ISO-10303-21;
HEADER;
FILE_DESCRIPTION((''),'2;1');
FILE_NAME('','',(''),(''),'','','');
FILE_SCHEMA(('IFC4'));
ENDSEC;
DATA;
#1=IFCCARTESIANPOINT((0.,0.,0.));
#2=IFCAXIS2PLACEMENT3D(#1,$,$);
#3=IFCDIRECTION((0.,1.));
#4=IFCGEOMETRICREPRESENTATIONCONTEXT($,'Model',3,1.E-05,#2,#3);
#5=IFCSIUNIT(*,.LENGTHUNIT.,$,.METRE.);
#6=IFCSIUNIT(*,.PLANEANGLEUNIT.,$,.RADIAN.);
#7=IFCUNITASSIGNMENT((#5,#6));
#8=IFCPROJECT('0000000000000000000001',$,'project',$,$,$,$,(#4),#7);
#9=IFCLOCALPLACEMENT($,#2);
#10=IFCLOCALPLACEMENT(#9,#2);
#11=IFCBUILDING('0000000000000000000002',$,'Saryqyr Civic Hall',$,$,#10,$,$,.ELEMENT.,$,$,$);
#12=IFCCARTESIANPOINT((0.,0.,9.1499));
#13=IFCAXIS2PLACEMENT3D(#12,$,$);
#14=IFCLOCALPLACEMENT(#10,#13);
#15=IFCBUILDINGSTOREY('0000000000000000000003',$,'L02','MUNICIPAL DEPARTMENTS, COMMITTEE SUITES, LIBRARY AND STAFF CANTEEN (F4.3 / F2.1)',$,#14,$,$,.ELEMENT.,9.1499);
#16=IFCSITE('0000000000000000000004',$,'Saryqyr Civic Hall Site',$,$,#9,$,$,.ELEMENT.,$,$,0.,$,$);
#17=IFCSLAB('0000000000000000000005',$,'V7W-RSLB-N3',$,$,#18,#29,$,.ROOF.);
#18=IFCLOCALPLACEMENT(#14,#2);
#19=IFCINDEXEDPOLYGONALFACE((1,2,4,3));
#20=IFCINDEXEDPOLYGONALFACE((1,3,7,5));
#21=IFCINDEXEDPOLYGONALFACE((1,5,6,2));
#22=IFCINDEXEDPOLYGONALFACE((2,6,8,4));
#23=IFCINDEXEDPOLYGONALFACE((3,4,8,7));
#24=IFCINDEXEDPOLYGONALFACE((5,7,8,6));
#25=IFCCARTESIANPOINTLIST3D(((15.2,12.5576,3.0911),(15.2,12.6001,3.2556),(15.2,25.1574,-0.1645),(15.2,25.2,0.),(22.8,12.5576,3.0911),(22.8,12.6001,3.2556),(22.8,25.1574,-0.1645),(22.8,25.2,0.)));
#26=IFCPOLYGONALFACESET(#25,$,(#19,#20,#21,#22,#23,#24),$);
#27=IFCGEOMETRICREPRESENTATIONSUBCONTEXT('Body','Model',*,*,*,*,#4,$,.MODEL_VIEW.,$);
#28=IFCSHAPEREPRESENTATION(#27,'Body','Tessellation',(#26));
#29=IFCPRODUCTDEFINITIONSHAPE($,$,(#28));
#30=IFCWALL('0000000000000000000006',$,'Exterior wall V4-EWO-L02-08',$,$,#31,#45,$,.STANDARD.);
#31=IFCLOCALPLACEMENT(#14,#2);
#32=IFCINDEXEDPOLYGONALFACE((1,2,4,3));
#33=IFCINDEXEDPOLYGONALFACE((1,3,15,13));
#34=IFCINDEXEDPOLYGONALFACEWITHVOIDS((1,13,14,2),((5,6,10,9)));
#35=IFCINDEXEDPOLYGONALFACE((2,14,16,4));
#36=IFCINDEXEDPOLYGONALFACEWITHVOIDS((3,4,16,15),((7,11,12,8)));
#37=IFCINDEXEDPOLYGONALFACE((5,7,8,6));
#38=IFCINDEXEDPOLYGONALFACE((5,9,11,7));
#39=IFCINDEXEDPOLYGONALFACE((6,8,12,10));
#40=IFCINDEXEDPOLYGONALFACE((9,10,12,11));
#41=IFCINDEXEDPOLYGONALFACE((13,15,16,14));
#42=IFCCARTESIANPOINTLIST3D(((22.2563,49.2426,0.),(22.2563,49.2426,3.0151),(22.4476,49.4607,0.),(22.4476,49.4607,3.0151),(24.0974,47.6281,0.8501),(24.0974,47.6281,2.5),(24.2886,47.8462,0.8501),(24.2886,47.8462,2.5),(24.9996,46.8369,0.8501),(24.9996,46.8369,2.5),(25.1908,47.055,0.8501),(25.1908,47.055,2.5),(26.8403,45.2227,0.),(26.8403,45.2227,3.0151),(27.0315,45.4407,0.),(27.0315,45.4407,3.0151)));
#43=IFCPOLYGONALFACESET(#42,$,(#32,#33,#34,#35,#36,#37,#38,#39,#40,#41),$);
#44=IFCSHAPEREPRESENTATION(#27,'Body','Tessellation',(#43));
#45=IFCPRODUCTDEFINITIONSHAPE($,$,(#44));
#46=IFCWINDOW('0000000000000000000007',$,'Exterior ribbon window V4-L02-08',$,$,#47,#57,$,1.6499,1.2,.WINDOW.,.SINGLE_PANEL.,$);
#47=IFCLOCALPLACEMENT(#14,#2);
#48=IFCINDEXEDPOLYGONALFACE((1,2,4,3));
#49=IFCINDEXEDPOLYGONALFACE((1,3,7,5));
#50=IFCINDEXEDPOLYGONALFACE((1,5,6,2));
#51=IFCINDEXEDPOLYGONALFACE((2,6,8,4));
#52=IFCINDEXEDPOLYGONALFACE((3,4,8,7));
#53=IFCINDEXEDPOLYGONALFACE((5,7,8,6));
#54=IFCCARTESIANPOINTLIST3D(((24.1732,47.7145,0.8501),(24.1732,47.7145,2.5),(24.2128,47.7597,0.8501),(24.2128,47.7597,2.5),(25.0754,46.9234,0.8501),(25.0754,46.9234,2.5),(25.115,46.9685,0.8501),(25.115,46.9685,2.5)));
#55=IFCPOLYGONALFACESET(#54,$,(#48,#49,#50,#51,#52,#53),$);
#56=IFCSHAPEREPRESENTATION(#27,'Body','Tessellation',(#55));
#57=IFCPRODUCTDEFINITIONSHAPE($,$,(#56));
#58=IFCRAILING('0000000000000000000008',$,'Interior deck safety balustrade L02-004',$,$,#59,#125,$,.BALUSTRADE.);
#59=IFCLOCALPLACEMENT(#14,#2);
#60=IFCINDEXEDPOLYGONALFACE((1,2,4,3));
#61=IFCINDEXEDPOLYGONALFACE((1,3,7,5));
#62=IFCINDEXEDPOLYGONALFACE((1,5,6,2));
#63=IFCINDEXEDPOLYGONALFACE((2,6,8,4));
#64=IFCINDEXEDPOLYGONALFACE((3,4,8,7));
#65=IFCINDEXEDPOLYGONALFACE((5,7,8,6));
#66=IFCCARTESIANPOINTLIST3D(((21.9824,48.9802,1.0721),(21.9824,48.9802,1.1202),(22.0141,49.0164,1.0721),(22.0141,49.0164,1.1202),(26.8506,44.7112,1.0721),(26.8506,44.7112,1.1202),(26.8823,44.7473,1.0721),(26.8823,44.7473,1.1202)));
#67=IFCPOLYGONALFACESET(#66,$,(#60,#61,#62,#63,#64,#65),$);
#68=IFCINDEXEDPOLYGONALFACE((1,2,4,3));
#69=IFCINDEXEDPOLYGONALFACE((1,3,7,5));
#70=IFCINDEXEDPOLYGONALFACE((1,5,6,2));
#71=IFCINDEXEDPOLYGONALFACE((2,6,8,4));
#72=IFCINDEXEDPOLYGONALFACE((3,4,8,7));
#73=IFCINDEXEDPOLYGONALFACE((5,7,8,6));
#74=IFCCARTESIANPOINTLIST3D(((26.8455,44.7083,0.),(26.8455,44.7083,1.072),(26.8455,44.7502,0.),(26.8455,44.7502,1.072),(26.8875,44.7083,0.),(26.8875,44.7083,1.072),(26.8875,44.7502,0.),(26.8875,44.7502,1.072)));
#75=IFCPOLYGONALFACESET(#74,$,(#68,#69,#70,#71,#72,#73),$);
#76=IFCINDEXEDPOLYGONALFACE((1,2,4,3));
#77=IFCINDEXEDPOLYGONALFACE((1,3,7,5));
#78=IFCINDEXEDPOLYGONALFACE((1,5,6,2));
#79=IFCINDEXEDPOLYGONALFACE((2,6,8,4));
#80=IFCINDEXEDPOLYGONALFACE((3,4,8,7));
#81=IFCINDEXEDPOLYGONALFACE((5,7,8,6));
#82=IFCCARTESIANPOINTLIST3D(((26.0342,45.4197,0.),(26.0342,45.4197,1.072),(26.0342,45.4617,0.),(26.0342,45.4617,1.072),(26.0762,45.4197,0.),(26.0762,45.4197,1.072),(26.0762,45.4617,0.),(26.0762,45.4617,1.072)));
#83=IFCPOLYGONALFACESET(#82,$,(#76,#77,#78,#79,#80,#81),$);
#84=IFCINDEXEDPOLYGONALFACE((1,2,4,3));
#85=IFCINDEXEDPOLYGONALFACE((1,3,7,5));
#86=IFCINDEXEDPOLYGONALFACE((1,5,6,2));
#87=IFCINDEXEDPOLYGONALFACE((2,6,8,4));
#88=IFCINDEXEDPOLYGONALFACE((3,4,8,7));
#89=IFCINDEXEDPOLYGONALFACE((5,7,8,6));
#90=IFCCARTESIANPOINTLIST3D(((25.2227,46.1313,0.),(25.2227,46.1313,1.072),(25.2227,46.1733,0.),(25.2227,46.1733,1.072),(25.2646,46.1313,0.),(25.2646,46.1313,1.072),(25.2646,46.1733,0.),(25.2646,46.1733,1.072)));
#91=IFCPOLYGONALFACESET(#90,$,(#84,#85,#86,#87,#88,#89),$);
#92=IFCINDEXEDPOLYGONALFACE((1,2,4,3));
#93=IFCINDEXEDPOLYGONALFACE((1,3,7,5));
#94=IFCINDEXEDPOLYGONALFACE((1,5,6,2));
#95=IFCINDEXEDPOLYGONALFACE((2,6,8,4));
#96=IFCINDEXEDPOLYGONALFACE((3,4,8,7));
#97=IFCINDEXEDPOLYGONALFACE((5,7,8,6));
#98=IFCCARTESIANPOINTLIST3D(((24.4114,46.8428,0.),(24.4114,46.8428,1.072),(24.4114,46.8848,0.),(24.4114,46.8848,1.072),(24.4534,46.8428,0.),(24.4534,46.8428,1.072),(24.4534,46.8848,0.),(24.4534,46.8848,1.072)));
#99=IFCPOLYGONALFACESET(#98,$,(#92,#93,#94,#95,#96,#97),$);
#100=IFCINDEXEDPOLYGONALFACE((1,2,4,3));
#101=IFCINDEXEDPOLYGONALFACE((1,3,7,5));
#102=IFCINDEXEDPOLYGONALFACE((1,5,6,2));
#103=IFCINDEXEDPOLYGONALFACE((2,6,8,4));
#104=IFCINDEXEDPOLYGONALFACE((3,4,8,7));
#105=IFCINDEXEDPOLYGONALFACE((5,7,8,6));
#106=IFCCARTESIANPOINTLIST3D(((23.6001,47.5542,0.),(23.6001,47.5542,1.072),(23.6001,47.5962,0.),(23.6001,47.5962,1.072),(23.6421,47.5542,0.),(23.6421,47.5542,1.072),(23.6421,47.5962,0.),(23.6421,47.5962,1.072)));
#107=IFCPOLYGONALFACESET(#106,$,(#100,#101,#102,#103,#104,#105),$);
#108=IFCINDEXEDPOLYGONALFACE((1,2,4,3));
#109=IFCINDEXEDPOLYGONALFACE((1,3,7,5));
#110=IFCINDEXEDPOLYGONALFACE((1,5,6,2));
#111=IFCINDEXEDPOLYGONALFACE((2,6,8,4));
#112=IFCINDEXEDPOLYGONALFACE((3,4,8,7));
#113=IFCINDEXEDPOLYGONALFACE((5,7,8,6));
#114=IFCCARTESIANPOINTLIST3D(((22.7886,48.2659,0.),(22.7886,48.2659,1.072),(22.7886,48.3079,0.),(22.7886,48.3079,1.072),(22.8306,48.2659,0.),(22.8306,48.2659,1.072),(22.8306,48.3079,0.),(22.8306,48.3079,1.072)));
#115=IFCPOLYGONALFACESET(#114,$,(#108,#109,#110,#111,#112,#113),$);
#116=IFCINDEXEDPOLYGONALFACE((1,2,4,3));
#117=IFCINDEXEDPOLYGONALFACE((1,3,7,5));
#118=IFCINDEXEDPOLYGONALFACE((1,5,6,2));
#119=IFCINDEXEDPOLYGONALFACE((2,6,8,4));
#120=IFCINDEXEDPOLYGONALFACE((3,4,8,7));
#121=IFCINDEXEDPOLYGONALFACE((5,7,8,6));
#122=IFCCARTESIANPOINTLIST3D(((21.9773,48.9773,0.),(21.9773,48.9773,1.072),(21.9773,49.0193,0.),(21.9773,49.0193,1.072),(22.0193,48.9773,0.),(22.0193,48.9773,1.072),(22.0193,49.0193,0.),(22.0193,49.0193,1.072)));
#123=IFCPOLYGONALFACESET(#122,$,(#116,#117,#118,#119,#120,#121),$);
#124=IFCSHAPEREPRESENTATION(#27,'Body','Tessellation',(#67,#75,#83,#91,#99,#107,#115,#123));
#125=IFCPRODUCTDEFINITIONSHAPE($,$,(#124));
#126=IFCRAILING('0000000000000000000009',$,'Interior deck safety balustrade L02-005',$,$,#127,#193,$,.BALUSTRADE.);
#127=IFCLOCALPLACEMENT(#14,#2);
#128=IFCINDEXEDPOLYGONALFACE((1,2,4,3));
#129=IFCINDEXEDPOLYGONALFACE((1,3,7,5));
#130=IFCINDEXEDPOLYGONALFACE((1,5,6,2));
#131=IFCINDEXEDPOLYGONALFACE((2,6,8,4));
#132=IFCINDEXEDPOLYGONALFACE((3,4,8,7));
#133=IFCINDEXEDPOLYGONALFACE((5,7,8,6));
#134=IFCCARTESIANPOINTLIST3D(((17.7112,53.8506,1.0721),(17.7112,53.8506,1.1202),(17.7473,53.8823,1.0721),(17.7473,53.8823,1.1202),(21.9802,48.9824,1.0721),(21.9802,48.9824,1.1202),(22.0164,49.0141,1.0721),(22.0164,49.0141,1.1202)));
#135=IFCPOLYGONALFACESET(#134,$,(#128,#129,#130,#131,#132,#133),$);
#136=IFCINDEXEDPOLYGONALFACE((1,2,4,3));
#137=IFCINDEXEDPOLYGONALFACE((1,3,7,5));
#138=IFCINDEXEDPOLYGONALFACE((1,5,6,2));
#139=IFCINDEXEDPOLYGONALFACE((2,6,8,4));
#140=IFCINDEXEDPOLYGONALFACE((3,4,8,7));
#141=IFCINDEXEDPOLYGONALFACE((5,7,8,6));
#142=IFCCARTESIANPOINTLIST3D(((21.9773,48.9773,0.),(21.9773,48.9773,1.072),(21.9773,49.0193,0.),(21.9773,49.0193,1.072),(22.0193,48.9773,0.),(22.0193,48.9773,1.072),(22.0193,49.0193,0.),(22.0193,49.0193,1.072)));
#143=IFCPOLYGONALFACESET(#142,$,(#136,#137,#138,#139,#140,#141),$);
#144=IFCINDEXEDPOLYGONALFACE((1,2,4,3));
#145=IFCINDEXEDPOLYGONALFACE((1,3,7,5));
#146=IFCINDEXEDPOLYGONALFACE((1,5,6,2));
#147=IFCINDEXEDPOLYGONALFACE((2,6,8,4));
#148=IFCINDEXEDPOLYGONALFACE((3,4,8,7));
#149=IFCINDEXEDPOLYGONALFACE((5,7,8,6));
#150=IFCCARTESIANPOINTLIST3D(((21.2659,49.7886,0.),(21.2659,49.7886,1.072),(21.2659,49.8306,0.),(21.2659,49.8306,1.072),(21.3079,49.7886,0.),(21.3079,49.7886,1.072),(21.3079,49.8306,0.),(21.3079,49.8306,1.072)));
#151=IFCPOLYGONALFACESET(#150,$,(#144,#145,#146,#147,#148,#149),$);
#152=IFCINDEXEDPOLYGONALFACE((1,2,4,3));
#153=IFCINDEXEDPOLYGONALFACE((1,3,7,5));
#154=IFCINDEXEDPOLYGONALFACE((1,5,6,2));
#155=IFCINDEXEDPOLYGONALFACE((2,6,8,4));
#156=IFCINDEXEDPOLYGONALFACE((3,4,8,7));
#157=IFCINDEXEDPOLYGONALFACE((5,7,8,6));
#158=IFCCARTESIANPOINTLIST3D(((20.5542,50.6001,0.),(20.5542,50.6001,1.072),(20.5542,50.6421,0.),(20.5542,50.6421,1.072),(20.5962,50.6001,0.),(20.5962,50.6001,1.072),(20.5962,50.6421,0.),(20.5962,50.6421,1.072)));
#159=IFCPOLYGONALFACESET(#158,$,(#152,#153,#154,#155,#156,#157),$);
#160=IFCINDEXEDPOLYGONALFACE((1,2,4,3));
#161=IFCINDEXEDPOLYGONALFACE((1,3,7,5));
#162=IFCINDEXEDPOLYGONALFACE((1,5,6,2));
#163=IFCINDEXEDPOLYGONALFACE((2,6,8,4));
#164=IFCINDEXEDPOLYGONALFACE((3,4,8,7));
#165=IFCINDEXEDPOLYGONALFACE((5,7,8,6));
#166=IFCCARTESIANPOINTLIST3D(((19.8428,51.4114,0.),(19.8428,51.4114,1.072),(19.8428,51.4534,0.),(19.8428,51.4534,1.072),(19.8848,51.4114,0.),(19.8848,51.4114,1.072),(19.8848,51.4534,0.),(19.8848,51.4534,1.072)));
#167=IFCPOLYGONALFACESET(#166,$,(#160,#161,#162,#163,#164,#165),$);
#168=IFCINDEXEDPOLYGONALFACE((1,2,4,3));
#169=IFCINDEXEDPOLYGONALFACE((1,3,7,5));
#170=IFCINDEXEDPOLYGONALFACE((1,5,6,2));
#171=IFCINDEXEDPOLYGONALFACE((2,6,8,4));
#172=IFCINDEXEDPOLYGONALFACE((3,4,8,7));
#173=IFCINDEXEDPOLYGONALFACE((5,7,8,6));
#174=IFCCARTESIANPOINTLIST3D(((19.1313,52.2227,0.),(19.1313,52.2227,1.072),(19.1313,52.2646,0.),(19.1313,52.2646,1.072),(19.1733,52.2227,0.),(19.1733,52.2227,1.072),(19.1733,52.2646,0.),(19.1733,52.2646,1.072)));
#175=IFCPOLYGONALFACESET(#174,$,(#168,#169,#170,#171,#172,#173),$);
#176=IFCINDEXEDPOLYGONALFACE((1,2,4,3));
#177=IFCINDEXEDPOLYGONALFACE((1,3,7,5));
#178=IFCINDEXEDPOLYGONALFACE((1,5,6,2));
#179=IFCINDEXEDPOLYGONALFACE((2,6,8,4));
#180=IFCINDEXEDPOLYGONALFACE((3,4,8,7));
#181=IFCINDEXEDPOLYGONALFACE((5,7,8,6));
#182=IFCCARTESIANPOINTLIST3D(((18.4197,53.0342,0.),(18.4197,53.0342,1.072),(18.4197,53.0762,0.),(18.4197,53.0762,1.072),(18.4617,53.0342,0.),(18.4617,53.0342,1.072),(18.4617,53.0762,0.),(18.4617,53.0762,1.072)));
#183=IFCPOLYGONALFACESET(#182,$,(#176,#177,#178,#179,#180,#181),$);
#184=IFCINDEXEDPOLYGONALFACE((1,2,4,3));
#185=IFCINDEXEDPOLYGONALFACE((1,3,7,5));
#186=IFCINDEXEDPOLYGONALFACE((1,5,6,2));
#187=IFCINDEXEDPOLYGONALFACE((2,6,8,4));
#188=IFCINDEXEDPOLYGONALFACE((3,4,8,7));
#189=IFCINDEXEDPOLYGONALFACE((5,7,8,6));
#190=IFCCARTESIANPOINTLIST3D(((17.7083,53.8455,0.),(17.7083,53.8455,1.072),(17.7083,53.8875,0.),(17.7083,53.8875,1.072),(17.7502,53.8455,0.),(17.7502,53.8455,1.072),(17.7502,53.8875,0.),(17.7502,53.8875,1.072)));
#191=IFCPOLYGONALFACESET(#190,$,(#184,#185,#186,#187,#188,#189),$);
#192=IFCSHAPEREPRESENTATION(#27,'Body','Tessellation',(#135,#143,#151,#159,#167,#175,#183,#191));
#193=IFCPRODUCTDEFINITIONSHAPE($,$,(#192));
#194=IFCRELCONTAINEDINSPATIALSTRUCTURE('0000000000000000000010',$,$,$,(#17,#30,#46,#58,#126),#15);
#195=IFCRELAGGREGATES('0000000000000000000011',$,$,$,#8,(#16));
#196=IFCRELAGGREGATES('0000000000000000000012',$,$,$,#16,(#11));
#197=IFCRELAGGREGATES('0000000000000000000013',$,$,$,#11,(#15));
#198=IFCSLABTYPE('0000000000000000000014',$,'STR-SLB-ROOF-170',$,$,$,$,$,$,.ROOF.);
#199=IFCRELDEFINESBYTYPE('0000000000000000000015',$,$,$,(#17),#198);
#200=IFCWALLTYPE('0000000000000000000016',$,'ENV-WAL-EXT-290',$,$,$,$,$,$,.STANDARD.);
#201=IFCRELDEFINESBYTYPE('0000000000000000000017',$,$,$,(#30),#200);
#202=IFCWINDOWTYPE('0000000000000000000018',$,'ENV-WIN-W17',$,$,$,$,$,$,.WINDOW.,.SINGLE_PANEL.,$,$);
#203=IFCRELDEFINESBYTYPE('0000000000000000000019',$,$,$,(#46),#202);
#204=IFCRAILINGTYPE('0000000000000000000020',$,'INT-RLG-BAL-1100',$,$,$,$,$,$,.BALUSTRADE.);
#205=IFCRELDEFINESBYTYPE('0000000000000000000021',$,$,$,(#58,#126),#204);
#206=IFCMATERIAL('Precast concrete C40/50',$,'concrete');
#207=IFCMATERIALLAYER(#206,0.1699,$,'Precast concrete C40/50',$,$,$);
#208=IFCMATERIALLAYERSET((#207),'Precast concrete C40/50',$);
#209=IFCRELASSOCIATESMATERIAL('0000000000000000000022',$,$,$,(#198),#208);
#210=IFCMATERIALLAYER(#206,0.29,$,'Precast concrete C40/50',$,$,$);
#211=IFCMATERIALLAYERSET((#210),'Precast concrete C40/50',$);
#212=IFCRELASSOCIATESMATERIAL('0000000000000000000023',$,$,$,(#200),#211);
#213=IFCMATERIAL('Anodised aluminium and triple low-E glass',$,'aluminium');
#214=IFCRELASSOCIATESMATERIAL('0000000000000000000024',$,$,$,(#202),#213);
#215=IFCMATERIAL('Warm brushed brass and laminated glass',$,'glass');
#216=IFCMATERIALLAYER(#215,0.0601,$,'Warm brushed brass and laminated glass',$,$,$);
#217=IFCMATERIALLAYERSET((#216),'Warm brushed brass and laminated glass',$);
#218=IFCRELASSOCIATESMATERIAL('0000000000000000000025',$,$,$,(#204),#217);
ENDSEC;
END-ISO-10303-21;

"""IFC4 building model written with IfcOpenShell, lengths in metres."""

from ifc_helpers import new_model, si_unit, direction, frame, frame_2d, origin, origin_2d, place, context, subcontext, project, spatial, polyline, rectangle, outline, extrude, material, layer, layer_set, type_object, element, fill, save


model = new_model("IFC4")

# Units and contexts
model_context = context("Model", 3, precision=1e-05, world=origin(), true_north=direction((0.0, 1.0)))
body_context = subcontext(model_context, "Body", "Model", "MODEL_VIEW")
ifc_project = project(units=[si_unit("LENGTHUNIT", "METRE"), si_unit("PLANEANGLEUNIT", "RADIAN")], contexts=[model_context])

# Site, building, storey
site_placement = place(None, origin())
site = spatial("IfcSite", under=ifc_project, at=site_placement, Name="Saryqyr Civic Hall Site", CompositionType="ELEMENT", RefElevation=0.0)
building_placement = place(site_placement, origin())
building = spatial("IfcBuilding", under=site, at=building_placement, Name="Saryqyr Civic Hall", CompositionType="ELEMENT")
storey_placement = place(building_placement, frame((0.0, 0.0, 9.1499)))
storey = spatial("IfcBuildingStorey", under=building, at=storey_placement, Name="L02", Description="MUNICIPAL DEPARTMENTS, COMMITTEE SUITES, LIBRARY AND STAFF CANTEEN (F4.3 / F2.1)", CompositionType="ELEMENT", Elevation=9.1499)

# Shared definitions
ifc_material_1 = material(Name="Anodised aluminium and triple low-E glass", Category="aluminium")

# Slab
ifc_material_2 = material(Name="Precast concrete C40/50", Category="concrete")
ifc_layer_1 = layer(ifc_material_2, 0.1699, Name="Precast concrete C40/50")
ifc_layer_set_1 = layer_set([ifc_layer_1], Name="Precast concrete C40/50")
slab_type = type_object("IfcSlabType", Name="STR-SLB-ROOF-170", PredefinedType="ROOF", material=ifc_layer_set_1)
slab_1_placement = place(storey_placement, frame((22.8, 25.2, 0.0), z_axis=(0.0, 0.250169, 0.968202), x_axis=(-1.0, 0.0, 0.0)))
element("IfcSlab", 1, at=slab_1_placement, inside=storey, type_object=slab_type, Name="V7W-RSLB-N3", PredefinedType="ROOF", context=body_context, shape_type="SweptSolid", body=[
    extrude(outline(polyline([(0.0, 0.0), (7.6001, 0.0), (7.6001, 13.0137), (0.0, 13.0137), (0.0, 0.0)])), origin(), (0.0, 0.0, -1.0), 0.1699),
])

# Wall, opening, window
ifc_layer_2 = layer(ifc_material_2, 0.29, Name="Precast concrete C40/50")
ifc_layer_set_2 = layer_set([ifc_layer_2], Name="Precast concrete C40/50")
wall_type = type_object("IfcWallType", Name="ENV-WAL-EXT-290", PredefinedType="STANDARD", material=ifc_layer_set_2)
wall_placement = place(storey_placement, frame((26.9358, 45.3318, 0.0), z_axis=(0.0, 0.0, 1.0), x_axis=(-0.751842, 0.659343, 0.0)))
wall = element("IfcWall", 2, at=wall_placement, inside=storey, type_object=wall_type, Name="Exterior wall V4-EWO-L02-08", PredefinedType="STANDARD", context=body_context, shape_type="SweptSolid", body=[
    extrude(rectangle(XDim=6.0969, YDim=0.29, at=frame_2d((3.0483, 0.0))), origin(), (0.0, 0.0, 1.0), 3.0151),
])
opening_placement = place(wall_placement, frame((2.448, 0.0, 0.8501)))
opening = element("IfcOpeningElement", 3, at=opening_placement, cuts=wall, PredefinedType="OPENING", context=body_context, shape_type="SweptSolid", body=[
    extrude(rectangle(XDim=1.2, YDim=1.6499, at=frame_2d((0.6001, 0.825))), frame((0.0, 0.155, 0.0), z_axis=(0.0, -1.0, 0.0), x_axis=(1.0, 0.0, 0.0)), (0.0, 0.0, 1.0), 0.3101),
])
window_type = type_object("IfcWindowType", Name="ENV-WIN-W17", PartitioningType="SINGLE_PANEL", PredefinedType="WINDOW", material=ifc_material_1)
window_placement = place(opening_placement, origin())
window = element("IfcWindow", 4, at=window_placement, inside=storey, type_object=window_type, Name="Exterior ribbon window V4-L02-08", OverallHeight=1.6499, OverallWidth=1.2, PartitioningType="SINGLE_PANEL", PredefinedType="WINDOW", context=body_context, shape_type="SweptSolid", body=[
    extrude(rectangle(XDim=1.2, YDim=1.6499, at=frame_2d((0.6001, 0.825))), frame((0.0, 0.03, 0.0), z_axis=(0.0, -1.0, 0.0), x_axis=(1.0, 0.0, 0.0)), (0.0, 0.0, 1.0), 0.0601),
])
fill(opening, window)

# Railings
ifc_material_3 = material(Name="Warm brushed brass and laminated glass", Category="glass")
ifc_layer_3 = layer(ifc_material_3, 0.0601, Name="Warm brushed brass and laminated glass")
ifc_layer_set_3 = layer_set([ifc_layer_3], Name="Warm brushed brass and laminated glass")
railing_type = type_object("IfcRailingType", Name="INT-RLG-BAL-1100", PredefinedType="BALUSTRADE", material=ifc_layer_set_3)
railing_1_placement = place(storey_placement, frame((26.8665, 44.7292, 0.0)))
element("IfcRailing", 5, at=railing_1_placement, inside=storey, type_object=railing_type, Name="Interior deck safety balustrade L02-004", PredefinedType="BALUSTRADE", context=body_context, shape_type="SweptSolid", body=[
    extrude(rectangle(XDim=0.0481, YDim=0.0481, at=origin_2d()), frame((0.0, 0.0, 1.0962), z_axis=(-0.751857, 0.659326, 0.0), x_axis=(-0.659326, -0.751857, 0.0)), (0.0, 0.0, 1.0), 6.4749),
    extrude(rectangle(XDim=0.042, YDim=0.042, at=origin_2d()), origin(), (0.0, 0.0, 1.0), 1.072),
    extrude(rectangle(XDim=0.042, YDim=0.042, at=origin_2d()), frame((-0.8113, 0.7114, 0.0)), (0.0, 0.0, 1.0), 1.072),
    extrude(rectangle(XDim=0.042, YDim=0.042, at=origin_2d()), frame((-1.6228, 1.4231, 0.0)), (0.0, 0.0, 1.0), 1.072),
    extrude(rectangle(XDim=0.042, YDim=0.042, at=origin_2d()), frame((-2.4341, 2.1345, 0.0)), (0.0, 0.0, 1.0), 1.072),
    extrude(rectangle(XDim=0.042, YDim=0.042, at=origin_2d()), frame((-3.2454, 2.8459, 0.0)), (0.0, 0.0, 1.0), 1.072),
    extrude(rectangle(XDim=0.042, YDim=0.042, at=origin_2d()), frame((-4.0569, 3.5576, 0.0)), (0.0, 0.0, 1.0), 1.072),
    extrude(rectangle(XDim=0.042, YDim=0.042, at=origin_2d()), frame((-4.8682, 4.269, 0.0)), (0.0, 0.0, 1.0), 1.072),
])
railing_2_placement = place(storey_placement, frame((21.9983, 48.9983, 0.0)))
element("IfcRailing", 6, at=railing_2_placement, inside=storey, type_object=railing_type, Name="Interior deck safety balustrade L02-005", PredefinedType="BALUSTRADE", context=body_context, shape_type="SweptSolid", body=[
    extrude(rectangle(XDim=0.0481, YDim=0.0481, at=origin_2d()), frame((0.0, 0.0, 1.0962), z_axis=(-0.659326, 0.751857, 0.0), x_axis=(-0.751857, -0.659326, 0.0)), (0.0, 0.0, 1.0), 6.4749),
    extrude(rectangle(XDim=0.042, YDim=0.042, at=origin_2d()), origin(), (0.0, 0.0, 1.0), 1.072),
    extrude(rectangle(XDim=0.042, YDim=0.042, at=origin_2d()), frame((-0.7114, 0.8113, 0.0)), (0.0, 0.0, 1.0), 1.072),
    extrude(rectangle(XDim=0.042, YDim=0.042, at=origin_2d()), frame((-1.4231, 1.6228, 0.0)), (0.0, 0.0, 1.0), 1.072),
    extrude(rectangle(XDim=0.042, YDim=0.042, at=origin_2d()), frame((-2.1345, 2.4341, 0.0)), (0.0, 0.0, 1.0), 1.072),
    extrude(rectangle(XDim=0.042, YDim=0.042, at=origin_2d()), frame((-2.8459, 3.2454, 0.0)), (0.0, 0.0, 1.0), 1.072),
    extrude(rectangle(XDim=0.042, YDim=0.042, at=origin_2d()), frame((-3.5576, 4.0569, 0.0)), (0.0, 0.0, 1.0), 1.072),
    extrude(rectangle(XDim=0.042, YDim=0.042, at=origin_2d()), frame((-4.269, 4.8682, 0.0)), (0.0, 0.0, 1.0), 1.072),
])

save(model, "model.ifc")
